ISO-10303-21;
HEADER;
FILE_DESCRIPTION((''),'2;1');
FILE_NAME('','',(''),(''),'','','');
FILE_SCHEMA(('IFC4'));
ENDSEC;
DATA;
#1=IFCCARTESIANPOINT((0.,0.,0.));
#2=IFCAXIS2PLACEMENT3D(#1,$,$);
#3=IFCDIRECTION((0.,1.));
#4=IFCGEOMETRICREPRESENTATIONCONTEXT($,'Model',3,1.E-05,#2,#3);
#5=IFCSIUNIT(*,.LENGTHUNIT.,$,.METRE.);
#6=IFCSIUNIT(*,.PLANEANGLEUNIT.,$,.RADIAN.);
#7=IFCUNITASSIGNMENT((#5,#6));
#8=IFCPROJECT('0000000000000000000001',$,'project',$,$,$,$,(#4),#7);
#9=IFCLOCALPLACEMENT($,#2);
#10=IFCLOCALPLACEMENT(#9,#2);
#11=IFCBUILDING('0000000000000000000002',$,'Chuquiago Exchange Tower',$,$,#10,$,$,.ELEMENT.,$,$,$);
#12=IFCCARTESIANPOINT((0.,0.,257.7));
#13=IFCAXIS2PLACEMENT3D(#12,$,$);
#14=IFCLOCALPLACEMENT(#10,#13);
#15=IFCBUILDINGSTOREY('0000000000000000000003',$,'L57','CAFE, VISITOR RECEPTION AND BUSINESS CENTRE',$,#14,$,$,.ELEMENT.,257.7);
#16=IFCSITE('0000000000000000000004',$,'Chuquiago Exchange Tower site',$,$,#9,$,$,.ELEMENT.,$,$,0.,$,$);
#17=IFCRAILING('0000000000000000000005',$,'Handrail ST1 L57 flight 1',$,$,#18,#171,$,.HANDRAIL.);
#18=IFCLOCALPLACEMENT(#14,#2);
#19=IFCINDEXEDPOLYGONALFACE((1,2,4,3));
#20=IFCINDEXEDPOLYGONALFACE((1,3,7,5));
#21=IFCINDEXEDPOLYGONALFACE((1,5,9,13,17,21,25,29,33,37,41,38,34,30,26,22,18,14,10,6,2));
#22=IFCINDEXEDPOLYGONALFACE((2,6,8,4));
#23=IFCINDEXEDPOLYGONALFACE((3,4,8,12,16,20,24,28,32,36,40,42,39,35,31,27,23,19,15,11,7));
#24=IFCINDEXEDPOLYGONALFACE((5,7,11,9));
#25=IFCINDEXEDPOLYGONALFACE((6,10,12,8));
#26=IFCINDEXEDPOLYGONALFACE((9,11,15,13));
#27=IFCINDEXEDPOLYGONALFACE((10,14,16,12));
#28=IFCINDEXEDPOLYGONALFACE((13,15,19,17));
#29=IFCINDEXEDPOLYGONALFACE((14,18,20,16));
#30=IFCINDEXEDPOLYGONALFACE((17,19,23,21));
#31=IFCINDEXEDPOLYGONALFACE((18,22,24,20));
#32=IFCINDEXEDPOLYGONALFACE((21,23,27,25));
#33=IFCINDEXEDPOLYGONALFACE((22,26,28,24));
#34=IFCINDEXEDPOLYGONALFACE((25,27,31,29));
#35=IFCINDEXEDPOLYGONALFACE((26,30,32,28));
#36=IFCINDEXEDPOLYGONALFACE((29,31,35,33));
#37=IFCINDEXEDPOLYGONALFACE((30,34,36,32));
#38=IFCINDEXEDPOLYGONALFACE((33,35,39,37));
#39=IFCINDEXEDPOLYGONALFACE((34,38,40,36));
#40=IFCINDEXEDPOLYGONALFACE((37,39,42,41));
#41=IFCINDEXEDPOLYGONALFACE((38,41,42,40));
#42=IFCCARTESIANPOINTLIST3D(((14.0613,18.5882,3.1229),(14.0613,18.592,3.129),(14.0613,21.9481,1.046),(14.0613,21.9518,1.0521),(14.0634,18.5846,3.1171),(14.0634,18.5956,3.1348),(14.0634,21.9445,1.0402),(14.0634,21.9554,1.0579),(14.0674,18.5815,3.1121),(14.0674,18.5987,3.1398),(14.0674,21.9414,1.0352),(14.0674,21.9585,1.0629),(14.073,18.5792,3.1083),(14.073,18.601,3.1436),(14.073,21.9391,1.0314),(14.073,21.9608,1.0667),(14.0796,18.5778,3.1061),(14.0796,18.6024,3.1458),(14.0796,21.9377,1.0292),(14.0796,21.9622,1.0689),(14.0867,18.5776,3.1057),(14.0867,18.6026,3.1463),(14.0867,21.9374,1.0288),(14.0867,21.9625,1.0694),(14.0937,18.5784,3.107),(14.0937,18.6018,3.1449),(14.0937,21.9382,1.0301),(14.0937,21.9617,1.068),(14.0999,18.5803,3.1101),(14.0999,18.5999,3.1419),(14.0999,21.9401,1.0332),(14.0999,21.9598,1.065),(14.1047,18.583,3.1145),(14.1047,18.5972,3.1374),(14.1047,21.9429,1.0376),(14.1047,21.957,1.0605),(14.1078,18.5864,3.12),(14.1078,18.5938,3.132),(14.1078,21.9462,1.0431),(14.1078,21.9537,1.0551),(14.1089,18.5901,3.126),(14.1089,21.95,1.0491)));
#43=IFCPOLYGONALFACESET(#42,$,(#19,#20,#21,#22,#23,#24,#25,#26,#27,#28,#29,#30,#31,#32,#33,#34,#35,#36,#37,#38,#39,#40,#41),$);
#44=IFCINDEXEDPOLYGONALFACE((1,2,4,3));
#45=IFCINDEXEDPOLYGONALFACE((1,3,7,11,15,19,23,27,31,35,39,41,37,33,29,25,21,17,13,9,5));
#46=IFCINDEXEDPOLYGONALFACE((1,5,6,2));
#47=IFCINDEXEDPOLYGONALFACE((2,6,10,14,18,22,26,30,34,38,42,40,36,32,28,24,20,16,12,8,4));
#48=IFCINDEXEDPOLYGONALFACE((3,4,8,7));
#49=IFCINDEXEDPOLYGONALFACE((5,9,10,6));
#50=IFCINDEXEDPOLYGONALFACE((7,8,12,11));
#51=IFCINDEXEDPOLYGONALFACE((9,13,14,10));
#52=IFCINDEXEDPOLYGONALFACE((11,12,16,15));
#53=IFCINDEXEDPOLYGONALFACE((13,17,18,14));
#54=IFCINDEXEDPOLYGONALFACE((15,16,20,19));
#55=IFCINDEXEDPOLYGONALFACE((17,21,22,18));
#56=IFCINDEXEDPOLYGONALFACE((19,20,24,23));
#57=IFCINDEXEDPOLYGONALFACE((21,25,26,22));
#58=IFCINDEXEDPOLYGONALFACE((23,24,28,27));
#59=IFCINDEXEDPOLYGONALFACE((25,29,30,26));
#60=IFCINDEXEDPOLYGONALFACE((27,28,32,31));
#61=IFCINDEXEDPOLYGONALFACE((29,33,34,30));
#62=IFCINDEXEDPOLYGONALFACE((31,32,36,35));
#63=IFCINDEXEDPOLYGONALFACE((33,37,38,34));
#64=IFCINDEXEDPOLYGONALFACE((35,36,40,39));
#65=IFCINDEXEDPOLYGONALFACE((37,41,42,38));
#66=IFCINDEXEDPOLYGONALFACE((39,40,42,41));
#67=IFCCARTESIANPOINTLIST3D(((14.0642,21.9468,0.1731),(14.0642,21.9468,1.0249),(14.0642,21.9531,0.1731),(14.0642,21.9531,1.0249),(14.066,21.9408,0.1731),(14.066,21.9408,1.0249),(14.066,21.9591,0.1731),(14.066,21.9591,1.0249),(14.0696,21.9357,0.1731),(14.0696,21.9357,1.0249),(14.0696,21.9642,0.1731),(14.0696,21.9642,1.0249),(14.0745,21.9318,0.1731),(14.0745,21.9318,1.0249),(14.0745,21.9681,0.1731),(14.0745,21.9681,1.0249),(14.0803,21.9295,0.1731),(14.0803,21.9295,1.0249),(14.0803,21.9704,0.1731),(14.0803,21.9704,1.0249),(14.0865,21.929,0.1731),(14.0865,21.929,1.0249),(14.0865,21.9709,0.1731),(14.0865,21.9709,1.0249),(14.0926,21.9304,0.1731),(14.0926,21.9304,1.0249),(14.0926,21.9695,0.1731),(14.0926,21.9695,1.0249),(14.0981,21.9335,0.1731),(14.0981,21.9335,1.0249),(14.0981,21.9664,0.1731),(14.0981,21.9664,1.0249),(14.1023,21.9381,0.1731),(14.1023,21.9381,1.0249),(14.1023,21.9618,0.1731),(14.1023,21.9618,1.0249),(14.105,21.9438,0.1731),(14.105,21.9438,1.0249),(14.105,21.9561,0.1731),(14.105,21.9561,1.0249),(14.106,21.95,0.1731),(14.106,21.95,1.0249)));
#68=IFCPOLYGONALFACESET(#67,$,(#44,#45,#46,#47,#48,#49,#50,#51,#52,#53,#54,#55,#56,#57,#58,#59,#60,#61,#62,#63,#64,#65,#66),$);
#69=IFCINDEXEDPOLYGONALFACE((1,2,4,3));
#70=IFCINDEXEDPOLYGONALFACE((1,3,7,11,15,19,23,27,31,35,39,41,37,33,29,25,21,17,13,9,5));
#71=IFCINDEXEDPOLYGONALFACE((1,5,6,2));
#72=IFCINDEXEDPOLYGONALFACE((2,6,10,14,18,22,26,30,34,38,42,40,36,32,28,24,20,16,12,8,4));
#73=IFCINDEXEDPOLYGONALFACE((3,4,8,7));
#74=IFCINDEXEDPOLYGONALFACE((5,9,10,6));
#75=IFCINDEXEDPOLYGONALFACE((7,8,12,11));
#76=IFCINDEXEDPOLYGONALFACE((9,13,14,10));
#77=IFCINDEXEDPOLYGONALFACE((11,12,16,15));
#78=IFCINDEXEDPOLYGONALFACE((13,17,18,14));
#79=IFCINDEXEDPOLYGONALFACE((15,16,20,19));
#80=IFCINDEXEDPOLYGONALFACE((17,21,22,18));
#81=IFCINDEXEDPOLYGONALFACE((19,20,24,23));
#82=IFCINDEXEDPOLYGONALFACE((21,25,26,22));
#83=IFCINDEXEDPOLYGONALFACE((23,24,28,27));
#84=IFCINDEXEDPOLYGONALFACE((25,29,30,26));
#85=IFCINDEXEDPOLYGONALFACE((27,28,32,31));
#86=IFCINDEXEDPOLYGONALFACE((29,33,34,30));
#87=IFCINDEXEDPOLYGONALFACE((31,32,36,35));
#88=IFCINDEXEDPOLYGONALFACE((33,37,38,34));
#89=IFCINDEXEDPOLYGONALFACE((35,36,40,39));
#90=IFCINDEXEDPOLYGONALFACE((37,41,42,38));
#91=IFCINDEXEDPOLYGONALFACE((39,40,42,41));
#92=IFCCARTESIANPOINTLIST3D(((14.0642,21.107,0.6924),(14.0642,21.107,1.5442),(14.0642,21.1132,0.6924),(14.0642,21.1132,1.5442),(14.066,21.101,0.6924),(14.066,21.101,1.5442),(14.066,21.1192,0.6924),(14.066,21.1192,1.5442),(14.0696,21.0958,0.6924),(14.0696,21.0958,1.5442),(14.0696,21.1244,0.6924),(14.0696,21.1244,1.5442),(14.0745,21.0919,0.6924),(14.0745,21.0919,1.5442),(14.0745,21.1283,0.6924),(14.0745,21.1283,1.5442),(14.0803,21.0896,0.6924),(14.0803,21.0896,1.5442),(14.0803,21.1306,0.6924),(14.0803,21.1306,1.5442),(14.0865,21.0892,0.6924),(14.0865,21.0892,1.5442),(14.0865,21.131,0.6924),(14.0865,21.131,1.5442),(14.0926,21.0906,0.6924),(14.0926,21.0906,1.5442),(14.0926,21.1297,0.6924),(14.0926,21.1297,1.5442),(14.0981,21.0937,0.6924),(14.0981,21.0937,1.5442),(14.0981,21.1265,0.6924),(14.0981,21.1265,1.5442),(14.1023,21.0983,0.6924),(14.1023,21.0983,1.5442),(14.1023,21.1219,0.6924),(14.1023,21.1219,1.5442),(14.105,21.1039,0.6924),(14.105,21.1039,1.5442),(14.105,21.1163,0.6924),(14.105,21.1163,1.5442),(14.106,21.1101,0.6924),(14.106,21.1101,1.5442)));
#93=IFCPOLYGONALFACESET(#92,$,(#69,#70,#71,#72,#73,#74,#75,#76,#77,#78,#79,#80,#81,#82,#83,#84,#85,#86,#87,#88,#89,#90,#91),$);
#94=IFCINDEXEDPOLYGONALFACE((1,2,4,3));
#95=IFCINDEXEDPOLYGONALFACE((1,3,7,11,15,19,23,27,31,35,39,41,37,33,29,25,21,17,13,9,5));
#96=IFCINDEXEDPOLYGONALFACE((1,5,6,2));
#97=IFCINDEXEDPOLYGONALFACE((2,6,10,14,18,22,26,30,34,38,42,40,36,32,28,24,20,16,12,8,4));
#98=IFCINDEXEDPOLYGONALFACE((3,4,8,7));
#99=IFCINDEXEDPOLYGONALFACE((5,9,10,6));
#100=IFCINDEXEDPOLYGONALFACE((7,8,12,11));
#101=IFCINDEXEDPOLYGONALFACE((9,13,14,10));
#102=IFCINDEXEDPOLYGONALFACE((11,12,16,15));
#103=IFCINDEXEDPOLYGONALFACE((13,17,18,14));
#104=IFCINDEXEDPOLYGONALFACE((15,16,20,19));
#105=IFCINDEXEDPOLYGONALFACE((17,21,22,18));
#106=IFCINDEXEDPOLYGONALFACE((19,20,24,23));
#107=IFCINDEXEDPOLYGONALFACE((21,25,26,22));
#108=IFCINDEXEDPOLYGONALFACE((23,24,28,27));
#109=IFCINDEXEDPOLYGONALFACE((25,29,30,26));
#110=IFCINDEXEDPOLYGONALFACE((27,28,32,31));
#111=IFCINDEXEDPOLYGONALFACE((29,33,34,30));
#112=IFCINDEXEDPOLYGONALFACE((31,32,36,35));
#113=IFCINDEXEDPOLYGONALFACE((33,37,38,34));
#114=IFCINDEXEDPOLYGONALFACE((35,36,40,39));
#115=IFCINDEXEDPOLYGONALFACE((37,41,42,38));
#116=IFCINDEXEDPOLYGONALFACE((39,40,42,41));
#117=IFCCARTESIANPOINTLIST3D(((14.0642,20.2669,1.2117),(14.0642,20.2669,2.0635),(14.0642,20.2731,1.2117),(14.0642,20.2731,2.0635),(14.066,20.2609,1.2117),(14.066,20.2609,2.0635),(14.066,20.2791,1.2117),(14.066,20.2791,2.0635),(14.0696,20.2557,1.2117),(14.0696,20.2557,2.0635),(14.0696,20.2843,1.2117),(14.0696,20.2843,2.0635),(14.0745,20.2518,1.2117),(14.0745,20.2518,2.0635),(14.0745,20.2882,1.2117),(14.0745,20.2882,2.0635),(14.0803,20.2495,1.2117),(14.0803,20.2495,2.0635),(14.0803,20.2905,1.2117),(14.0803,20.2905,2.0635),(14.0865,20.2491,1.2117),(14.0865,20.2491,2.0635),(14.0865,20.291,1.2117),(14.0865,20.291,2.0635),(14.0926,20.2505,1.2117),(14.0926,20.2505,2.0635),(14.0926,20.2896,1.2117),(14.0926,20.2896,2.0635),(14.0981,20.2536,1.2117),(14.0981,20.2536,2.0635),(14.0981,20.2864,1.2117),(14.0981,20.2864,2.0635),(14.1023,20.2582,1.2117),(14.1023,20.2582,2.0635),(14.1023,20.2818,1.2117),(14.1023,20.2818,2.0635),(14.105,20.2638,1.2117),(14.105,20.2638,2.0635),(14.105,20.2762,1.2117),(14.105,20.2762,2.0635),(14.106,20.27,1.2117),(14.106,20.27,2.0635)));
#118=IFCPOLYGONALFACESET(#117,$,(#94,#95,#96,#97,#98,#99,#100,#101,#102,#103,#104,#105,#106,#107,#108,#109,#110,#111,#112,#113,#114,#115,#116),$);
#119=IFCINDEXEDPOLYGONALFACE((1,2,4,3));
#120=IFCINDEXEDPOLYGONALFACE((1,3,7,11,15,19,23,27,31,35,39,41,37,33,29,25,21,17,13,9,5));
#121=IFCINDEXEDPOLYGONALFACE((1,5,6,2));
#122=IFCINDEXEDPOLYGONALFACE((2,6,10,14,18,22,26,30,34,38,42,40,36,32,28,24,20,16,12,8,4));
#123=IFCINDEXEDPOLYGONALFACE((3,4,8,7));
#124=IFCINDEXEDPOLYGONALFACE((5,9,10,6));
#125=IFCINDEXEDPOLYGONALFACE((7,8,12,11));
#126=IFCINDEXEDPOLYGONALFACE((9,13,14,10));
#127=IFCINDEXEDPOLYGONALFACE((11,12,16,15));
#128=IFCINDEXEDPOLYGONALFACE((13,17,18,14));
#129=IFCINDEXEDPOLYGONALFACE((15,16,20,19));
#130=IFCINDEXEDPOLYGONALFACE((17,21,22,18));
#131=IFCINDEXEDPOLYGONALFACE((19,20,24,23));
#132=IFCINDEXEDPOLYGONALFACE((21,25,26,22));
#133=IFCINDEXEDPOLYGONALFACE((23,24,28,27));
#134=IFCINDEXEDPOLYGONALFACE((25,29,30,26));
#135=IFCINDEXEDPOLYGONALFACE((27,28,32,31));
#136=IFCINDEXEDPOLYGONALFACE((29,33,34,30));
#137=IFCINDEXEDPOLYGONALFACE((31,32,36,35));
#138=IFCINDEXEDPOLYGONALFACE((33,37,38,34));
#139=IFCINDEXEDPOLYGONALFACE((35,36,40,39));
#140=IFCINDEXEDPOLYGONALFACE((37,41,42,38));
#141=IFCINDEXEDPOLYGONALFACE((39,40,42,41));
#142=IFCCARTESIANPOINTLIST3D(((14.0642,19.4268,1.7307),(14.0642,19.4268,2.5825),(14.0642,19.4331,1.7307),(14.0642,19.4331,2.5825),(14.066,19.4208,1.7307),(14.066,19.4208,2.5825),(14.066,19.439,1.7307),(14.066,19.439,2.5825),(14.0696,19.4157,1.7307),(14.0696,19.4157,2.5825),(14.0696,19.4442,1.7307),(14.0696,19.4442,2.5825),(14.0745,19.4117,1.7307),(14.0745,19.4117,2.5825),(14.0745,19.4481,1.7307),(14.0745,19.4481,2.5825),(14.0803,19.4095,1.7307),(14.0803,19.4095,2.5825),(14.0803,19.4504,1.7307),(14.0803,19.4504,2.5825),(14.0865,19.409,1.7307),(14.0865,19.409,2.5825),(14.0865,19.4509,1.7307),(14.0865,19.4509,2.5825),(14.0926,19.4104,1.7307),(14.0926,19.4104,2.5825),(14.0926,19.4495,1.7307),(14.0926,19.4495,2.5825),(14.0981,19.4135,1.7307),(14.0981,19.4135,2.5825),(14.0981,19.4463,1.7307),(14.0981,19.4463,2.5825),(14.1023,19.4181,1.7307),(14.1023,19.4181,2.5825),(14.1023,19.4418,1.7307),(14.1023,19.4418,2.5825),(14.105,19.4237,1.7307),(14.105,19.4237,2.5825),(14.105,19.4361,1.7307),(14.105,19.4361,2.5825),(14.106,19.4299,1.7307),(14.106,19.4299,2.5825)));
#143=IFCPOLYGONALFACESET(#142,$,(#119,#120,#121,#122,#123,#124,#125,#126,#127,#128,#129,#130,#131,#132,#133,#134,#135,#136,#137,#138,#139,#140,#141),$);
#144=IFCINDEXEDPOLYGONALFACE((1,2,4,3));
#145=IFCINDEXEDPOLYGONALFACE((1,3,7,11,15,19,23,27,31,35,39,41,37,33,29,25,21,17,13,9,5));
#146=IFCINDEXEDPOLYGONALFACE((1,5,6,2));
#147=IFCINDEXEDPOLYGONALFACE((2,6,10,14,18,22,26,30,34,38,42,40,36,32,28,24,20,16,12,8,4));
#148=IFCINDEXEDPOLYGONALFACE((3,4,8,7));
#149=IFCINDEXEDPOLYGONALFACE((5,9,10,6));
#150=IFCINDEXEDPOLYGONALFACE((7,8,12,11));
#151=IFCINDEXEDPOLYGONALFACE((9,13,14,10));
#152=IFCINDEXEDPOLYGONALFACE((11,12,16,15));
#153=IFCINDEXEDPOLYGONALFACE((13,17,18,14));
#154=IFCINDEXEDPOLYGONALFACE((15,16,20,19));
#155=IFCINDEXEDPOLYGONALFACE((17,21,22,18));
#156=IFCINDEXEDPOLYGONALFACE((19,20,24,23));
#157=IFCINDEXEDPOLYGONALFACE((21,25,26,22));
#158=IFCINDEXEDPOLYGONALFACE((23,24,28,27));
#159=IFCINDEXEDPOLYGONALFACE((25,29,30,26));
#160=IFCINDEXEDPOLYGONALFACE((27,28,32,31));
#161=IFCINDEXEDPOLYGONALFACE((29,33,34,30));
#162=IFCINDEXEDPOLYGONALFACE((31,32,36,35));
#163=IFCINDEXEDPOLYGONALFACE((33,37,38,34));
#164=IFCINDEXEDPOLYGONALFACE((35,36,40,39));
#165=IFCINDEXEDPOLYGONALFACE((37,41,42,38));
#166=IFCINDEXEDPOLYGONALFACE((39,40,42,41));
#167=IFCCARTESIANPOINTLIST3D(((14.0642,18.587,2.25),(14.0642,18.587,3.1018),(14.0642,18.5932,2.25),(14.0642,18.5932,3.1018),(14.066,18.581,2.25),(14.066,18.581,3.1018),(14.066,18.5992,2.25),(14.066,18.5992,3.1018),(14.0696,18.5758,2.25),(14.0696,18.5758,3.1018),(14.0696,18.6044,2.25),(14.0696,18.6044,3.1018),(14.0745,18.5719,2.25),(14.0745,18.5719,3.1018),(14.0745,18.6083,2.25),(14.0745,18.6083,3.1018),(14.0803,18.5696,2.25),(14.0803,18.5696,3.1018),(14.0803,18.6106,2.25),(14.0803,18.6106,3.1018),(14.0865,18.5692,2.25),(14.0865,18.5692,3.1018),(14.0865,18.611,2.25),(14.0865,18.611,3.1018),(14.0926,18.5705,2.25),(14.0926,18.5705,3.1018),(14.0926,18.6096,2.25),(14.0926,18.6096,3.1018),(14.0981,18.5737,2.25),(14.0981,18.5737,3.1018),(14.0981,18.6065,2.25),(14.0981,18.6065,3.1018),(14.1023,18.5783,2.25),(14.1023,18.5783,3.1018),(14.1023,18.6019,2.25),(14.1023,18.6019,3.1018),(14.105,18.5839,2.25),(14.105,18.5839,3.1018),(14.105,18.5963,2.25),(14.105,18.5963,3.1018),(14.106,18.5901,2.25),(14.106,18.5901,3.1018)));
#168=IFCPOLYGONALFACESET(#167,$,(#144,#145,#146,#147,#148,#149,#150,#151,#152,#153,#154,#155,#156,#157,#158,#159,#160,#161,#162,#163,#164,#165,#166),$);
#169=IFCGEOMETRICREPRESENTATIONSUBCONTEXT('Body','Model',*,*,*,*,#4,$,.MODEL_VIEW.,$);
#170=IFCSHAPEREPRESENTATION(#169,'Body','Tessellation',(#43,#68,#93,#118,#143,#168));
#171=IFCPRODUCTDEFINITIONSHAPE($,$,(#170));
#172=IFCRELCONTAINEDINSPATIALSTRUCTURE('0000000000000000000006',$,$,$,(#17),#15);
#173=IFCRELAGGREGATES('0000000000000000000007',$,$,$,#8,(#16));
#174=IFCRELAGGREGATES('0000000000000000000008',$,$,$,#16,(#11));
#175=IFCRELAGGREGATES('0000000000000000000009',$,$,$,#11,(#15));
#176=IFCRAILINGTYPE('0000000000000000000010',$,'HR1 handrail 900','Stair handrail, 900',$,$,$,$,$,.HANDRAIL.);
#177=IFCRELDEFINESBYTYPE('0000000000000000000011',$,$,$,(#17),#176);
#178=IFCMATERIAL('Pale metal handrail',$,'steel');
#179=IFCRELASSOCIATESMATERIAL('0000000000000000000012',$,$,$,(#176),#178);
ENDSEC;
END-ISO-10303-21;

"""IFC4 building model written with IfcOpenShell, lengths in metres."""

from ifc_helpers import new_model, si_unit, direction, frame, origin, origin_2d, place, context, subcontext, project, spatial, circle, extrude, material, type_object, element, save


model = new_model("IFC4")

# Units and contexts
model_context = context("Model", 3, precision=1e-05, world=origin(), true_north=direction((0.0, 1.0)))
body_context = subcontext(model_context, "Body", "Model", "MODEL_VIEW")
ifc_project = project(units=[si_unit("LENGTHUNIT", "METRE"), si_unit("PLANEANGLEUNIT", "RADIAN")], contexts=[model_context])

# Site, building, storey
site_placement = place(None, origin())
site = spatial("IfcSite", under=ifc_project, at=site_placement, Name="Chuquiago Exchange Tower site", CompositionType="ELEMENT", RefElevation=0.0)
building_placement = place(site_placement, origin())
building = spatial("IfcBuilding", under=site, at=building_placement, Name="Chuquiago Exchange Tower", CompositionType="ELEMENT")
storey_placement = place(building_placement, frame((0.0, 0.0, 257.7)))
storey = spatial("IfcBuildingStorey", under=building, at=storey_placement, Name="L57", Description="CAFE, VISITOR RECEPTION AND BUSINESS CENTRE", CompositionType="ELEMENT", Elevation=257.7)

# Railing
ifc_material_1 = material(Name="Pale metal handrail", Category="steel")
railing_type_1 = type_object("IfcRailingType", Name="HR1 handrail 900", Description="Stair handrail, 900", PredefinedType="HANDRAIL", material=ifc_material_1)
for number, where, name in (
    (1, (14.085, 21.95, 0.1731), "Handrail ST1 L57 flight 1"),
):
    element("IfcRailing", number, at=place(storey_placement, frame(where)), inside=storey, type_object=railing_type_1, Name=name, PredefinedType="HANDRAIL", context=body_context, shape_type="SweptSolid", body=[
        extrude(circle(Radius=0.0239, at=origin_2d()), frame((0.0, 0.0, 0.876), z_axis=(0.0, -0.850606, 0.525803), x_axis=(1.0, 0.0, 0.0)), (0.0, 0.0, 1.0), 3.95),
        extrude(circle(Radius=0.021, at=origin_2d()), origin(), (0.0, 0.0, 1.0), 0.8518),
        extrude(circle(Radius=0.021, at=origin_2d()), frame((0.0, -0.8398, 0.5193)), (0.0, 0.0, 1.0), 0.8518),
        extrude(circle(Radius=0.021, at=origin_2d()), frame((0.0, -1.6799, 1.0386)), (0.0, 0.0, 1.0), 0.8518),
        extrude(circle(Radius=0.021, at=origin_2d()), frame((0.0, -2.52, 1.5576)), (0.0, 0.0, 1.0), 0.8518),
        extrude(circle(Radius=0.021, at=origin_2d()), frame((0.0, -3.3599, 2.0769)), (0.0, 0.0, 1.0), 0.8518),
    ])

save(model, "model.ifc")
